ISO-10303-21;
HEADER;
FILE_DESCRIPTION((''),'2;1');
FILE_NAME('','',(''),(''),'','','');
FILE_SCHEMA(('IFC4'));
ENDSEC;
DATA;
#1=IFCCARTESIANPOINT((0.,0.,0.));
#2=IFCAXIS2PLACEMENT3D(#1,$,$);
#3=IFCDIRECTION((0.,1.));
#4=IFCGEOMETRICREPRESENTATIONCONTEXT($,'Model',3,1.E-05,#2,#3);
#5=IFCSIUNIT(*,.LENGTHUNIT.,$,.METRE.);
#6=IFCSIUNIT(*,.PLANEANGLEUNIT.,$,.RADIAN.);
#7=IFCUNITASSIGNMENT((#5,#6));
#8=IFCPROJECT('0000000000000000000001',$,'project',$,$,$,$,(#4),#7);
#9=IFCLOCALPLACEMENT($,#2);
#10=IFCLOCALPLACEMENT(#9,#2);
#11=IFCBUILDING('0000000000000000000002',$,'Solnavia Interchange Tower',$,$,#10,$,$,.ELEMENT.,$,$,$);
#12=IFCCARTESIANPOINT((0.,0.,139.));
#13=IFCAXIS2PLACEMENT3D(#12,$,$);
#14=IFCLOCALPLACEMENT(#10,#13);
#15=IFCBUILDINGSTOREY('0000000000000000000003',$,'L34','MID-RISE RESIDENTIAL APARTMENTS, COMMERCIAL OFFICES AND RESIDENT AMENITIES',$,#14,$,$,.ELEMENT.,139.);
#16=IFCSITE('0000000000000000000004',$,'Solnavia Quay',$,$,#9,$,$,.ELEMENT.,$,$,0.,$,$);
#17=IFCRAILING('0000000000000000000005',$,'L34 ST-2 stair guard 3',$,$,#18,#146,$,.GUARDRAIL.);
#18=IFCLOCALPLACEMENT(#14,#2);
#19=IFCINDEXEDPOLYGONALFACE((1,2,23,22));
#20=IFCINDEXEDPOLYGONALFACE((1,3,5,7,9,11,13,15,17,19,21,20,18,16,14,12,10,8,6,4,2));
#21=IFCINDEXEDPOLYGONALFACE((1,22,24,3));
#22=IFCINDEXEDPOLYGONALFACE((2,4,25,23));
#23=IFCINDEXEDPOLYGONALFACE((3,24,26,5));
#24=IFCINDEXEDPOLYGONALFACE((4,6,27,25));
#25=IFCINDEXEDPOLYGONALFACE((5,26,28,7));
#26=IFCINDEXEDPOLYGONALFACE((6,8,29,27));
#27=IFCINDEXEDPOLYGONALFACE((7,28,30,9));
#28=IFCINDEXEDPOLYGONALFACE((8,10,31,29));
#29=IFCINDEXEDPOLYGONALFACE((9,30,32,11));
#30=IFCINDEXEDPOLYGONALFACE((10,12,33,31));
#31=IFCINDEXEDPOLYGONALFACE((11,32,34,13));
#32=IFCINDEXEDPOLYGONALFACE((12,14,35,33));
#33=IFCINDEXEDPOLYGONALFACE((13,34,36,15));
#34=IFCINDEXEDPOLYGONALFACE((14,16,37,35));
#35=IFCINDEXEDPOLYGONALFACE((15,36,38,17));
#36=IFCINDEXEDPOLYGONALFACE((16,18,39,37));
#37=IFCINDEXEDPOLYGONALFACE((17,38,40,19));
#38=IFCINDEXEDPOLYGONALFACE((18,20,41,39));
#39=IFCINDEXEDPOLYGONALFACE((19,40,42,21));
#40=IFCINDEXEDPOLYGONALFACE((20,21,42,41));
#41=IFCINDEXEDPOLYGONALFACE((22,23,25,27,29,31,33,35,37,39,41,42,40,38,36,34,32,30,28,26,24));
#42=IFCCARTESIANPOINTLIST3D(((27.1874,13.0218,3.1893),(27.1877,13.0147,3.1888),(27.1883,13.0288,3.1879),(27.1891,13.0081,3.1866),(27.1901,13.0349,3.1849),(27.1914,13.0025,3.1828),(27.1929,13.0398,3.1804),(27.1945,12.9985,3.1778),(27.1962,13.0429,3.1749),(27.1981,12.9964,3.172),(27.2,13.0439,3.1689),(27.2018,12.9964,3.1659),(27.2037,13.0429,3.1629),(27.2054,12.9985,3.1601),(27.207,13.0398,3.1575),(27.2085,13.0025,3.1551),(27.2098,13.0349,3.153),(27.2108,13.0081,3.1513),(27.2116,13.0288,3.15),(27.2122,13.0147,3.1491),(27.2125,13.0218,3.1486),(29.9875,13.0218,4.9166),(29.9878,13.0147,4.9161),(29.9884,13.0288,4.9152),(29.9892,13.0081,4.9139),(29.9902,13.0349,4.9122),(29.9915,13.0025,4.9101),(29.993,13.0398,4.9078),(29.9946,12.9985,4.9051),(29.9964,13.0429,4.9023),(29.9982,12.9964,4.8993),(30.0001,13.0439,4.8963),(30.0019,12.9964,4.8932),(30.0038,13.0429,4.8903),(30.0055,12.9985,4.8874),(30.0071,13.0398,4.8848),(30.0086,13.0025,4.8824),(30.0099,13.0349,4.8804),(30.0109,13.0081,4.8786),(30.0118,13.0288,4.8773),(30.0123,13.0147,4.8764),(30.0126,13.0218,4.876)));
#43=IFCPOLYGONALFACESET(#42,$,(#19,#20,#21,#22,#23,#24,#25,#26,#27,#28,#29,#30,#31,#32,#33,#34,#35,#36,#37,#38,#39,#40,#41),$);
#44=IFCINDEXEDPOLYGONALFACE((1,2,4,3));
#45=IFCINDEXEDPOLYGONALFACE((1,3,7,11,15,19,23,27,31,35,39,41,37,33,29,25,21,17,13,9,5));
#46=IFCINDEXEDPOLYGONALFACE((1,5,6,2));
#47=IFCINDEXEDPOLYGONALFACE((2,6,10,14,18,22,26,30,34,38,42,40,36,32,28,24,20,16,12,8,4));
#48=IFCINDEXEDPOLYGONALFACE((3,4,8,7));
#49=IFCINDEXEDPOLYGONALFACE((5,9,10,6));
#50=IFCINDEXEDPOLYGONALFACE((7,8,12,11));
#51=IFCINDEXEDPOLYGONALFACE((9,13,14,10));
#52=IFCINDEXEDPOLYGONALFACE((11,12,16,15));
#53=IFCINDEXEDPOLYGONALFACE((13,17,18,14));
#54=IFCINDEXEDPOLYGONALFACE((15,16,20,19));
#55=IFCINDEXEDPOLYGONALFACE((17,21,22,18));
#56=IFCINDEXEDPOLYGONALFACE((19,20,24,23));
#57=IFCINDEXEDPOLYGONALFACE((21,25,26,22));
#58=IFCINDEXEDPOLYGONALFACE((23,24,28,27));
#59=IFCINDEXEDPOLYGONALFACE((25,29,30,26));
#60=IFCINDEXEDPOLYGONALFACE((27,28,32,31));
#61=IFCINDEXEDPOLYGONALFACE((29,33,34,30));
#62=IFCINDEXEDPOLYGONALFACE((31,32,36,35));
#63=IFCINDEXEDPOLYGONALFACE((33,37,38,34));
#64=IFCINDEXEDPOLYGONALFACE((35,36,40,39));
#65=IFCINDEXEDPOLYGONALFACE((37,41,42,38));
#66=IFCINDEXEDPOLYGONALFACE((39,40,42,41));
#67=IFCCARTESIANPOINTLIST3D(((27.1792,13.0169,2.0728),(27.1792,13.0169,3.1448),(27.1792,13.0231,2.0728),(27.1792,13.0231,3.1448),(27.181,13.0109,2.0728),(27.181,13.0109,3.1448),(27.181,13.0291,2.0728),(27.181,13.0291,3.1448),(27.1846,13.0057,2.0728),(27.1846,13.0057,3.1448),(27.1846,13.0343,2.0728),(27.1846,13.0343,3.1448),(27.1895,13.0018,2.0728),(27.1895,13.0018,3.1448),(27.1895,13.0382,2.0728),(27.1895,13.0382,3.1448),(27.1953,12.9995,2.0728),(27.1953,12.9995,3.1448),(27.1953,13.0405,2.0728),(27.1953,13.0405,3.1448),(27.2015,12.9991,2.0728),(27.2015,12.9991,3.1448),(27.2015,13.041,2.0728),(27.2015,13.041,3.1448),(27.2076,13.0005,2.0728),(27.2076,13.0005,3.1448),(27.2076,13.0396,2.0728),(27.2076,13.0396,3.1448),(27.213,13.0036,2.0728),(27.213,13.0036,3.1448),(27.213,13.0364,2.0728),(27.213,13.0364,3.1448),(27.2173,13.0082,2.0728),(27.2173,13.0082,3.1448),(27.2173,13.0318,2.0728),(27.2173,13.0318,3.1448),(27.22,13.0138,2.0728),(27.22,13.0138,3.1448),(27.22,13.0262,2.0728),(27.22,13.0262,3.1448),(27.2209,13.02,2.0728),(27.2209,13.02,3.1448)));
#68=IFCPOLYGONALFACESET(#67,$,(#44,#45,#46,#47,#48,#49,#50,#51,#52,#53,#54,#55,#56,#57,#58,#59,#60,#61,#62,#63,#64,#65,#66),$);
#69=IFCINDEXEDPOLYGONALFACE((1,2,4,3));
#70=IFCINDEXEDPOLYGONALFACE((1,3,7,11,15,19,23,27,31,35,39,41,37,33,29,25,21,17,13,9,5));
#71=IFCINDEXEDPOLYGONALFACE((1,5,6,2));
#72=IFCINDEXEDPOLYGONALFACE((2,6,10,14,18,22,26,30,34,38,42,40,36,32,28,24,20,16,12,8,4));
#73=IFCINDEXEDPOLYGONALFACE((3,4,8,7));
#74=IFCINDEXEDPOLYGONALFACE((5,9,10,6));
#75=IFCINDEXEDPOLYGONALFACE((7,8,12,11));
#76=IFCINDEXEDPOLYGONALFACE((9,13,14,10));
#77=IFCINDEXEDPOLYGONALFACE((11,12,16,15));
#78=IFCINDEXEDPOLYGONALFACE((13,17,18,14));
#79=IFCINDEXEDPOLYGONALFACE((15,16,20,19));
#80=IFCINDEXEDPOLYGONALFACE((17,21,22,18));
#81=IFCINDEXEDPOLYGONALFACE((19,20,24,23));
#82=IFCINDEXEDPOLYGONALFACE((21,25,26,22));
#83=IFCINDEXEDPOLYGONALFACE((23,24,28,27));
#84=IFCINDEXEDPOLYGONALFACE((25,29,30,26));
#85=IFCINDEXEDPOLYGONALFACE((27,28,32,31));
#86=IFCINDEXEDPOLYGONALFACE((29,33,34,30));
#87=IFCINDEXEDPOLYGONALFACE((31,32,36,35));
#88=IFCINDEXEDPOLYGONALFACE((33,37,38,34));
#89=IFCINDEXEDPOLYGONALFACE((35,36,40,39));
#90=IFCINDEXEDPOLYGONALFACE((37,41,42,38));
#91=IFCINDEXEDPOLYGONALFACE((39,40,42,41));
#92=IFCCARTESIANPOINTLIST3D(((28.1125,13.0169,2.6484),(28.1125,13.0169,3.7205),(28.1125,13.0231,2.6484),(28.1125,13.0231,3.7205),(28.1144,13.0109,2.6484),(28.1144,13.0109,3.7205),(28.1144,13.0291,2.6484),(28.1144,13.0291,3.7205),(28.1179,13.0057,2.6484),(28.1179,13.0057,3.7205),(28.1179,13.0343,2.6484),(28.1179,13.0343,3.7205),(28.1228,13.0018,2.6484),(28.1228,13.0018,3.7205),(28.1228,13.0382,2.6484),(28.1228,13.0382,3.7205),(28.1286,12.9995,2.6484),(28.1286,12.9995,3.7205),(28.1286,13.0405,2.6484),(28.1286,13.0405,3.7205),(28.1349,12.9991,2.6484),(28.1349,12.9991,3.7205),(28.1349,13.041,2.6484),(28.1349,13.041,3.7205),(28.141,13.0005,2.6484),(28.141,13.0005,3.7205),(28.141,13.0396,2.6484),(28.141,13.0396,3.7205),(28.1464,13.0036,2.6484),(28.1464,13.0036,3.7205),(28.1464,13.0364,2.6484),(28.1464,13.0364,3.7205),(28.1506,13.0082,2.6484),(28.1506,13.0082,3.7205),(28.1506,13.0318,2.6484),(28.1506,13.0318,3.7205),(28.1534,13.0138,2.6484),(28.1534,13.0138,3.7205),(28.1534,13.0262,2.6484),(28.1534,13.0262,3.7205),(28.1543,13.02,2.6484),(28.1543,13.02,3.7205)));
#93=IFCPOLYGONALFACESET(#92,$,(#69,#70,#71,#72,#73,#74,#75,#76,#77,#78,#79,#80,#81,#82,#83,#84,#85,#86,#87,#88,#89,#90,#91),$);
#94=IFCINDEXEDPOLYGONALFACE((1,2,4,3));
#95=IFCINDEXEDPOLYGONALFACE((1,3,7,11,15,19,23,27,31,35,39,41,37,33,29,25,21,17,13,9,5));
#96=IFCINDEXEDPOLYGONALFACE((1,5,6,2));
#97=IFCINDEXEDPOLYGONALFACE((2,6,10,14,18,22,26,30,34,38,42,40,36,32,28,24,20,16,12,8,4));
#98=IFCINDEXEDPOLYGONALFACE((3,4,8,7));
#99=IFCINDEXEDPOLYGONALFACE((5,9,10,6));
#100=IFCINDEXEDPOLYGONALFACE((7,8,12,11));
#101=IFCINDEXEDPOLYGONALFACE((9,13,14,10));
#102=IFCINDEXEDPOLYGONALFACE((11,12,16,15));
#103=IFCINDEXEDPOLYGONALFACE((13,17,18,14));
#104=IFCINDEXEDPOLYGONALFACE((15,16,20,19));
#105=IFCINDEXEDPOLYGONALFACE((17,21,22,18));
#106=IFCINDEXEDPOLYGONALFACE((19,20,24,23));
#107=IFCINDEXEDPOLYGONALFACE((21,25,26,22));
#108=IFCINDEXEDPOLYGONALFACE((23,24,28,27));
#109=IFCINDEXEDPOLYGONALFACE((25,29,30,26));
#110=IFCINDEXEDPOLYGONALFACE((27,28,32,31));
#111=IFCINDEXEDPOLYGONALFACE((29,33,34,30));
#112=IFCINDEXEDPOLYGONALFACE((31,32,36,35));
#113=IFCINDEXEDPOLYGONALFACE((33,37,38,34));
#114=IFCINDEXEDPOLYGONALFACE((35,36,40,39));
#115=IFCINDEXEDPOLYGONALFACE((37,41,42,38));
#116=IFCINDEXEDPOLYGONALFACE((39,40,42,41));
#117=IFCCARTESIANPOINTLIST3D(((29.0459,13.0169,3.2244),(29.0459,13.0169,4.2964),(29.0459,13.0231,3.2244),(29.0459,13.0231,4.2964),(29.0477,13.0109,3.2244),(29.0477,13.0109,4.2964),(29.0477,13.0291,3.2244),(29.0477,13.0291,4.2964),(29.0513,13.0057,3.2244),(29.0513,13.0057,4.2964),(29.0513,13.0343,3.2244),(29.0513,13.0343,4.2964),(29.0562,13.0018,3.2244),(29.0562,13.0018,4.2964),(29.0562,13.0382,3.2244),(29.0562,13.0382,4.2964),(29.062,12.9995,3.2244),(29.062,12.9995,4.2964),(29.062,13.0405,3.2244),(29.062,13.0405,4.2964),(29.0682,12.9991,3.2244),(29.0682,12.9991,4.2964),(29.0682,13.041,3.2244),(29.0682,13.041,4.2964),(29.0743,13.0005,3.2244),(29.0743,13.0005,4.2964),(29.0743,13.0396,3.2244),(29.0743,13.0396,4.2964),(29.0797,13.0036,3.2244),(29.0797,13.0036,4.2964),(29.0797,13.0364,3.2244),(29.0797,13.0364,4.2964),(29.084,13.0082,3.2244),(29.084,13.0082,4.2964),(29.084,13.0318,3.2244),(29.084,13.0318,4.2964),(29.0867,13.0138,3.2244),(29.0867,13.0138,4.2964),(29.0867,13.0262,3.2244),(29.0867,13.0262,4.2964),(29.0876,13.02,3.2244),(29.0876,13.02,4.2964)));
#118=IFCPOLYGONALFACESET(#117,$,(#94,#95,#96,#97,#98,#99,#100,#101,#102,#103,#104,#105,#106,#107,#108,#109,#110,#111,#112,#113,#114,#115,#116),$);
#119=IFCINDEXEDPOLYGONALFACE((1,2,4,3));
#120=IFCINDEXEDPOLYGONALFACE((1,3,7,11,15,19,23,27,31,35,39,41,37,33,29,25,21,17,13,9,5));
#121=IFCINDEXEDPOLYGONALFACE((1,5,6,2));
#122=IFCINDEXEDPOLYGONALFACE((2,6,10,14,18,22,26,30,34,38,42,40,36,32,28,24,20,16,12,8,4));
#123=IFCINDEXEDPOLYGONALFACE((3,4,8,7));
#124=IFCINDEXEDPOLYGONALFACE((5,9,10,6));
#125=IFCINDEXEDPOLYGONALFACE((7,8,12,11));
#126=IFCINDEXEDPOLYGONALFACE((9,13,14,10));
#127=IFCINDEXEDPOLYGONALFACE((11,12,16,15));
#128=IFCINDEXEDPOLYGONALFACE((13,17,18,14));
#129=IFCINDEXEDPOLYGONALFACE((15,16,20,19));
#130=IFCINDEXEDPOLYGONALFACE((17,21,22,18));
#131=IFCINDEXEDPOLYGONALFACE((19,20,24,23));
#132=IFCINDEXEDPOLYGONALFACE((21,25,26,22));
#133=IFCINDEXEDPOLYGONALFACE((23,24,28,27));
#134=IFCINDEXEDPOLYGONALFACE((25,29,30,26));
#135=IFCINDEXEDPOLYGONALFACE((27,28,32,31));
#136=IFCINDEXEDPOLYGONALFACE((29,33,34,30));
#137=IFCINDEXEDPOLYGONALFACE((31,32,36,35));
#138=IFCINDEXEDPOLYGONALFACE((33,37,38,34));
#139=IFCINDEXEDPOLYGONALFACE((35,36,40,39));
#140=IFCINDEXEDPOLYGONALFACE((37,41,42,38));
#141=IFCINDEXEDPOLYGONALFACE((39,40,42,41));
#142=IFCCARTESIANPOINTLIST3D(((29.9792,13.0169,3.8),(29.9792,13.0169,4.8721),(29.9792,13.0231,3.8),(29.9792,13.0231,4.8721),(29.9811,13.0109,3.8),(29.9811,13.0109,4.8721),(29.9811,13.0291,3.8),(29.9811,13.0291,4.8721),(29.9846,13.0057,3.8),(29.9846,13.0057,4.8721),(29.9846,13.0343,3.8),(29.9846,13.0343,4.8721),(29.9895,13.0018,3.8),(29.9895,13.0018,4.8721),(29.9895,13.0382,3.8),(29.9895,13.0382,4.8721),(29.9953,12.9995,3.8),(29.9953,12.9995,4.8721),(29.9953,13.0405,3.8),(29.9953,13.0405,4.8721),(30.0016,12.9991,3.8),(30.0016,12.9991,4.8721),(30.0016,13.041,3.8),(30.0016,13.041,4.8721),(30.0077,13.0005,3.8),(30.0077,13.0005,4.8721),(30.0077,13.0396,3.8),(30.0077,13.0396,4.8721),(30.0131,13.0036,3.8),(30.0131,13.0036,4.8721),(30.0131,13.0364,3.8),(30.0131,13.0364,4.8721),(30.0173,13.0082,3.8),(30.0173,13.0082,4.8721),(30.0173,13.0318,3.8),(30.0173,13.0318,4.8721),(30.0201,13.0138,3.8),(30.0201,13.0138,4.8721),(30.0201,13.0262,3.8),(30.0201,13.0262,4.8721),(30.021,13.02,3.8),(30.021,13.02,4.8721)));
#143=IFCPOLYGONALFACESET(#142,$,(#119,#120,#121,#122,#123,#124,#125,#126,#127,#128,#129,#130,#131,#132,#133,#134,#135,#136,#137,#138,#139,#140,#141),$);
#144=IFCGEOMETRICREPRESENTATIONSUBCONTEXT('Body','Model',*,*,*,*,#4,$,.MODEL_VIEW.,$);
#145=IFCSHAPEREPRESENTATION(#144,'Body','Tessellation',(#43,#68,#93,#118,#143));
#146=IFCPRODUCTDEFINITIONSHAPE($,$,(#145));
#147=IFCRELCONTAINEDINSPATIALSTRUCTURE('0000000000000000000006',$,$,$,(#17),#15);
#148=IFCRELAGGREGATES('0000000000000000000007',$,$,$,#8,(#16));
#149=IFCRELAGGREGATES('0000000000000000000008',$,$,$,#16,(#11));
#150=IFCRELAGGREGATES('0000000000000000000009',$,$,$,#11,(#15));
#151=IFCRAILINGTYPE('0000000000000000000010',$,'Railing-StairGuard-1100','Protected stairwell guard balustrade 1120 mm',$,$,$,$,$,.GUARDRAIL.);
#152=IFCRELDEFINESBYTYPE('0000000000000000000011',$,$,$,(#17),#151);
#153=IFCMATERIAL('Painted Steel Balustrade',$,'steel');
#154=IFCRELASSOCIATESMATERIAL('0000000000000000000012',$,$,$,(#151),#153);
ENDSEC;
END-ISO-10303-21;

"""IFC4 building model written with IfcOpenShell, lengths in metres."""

from ifc_helpers import new_model, si_unit, direction, frame, origin, origin_2d, place, context, subcontext, project, spatial, circle, extrude, material, type_object, element, save


model = new_model("IFC4")

# Units and contexts
model_context = context("Model", 3, precision=1e-05, world=origin(), true_north=direction((0.0, 1.0)))
body_context = subcontext(model_context, "Body", "Model", "MODEL_VIEW")
ifc_project = project(units=[si_unit("LENGTHUNIT", "METRE"), si_unit("PLANEANGLEUNIT", "RADIAN")], contexts=[model_context])

# Site, building, storey
site_placement = place(None, origin())
site = spatial("IfcSite", under=ifc_project, at=site_placement, Name="Solnavia Quay", CompositionType="ELEMENT", RefElevation=0.0)
building_placement = place(site_placement, origin())
building = spatial("IfcBuilding", under=site, at=building_placement, Name="Solnavia Interchange Tower", CompositionType="ELEMENT")
storey_placement = place(building_placement, frame((0.0, 0.0, 139.0)))
storey = spatial("IfcBuildingStorey", under=building, at=storey_placement, Name="L34", Description="MID-RISE RESIDENTIAL APARTMENTS, COMMERCIAL OFFICES AND RESIDENT AMENITIES", CompositionType="ELEMENT", Elevation=139.0)

# Railing
ifc_material_1 = material(Name="Painted Steel Balustrade", Category="steel")
railing_type_1 = type_object("IfcRailingType", Name="Railing-StairGuard-1100", Description="Protected stairwell guard balustrade 1120 mm", PredefinedType="GUARDRAIL", material=ifc_material_1)
railing_1_placement = place(storey_placement, frame((27.2, 13.02, 2.0728)))
element("IfcRailing", 1, at=railing_1_placement, inside=storey, type_object=railing_type_1, Name="L34 ST-2 stair guard 3", PredefinedType="GUARDRAIL", context=body_context, shape_type="SweptSolid", body=[
    extrude(circle(Radius=0.0239, at=origin_2d()), frame((0.0, 0.0, 1.0962), z_axis=(0.85109, 0.0, 0.52502), x_axis=(0.0, 1.0, 0.0)), (0.0, 0.0, 1.0), 3.29),
    extrude(circle(Radius=0.021, at=origin_2d()), origin(), (0.0, 0.0, 1.0), 1.072),
    extrude(circle(Radius=0.021, at=origin_2d()), frame((0.9333, 0.0, 0.5757)), (0.0, 0.0, 1.0), 1.072),
    extrude(circle(Radius=0.021, at=origin_2d()), frame((1.8667, 0.0, 1.1516)), (0.0, 0.0, 1.0), 1.072),
    extrude(circle(Radius=0.021, at=origin_2d()), frame((2.8, 0.0, 1.7273)), (0.0, 0.0, 1.0), 1.072),
])

save(model, "model.ifc")
